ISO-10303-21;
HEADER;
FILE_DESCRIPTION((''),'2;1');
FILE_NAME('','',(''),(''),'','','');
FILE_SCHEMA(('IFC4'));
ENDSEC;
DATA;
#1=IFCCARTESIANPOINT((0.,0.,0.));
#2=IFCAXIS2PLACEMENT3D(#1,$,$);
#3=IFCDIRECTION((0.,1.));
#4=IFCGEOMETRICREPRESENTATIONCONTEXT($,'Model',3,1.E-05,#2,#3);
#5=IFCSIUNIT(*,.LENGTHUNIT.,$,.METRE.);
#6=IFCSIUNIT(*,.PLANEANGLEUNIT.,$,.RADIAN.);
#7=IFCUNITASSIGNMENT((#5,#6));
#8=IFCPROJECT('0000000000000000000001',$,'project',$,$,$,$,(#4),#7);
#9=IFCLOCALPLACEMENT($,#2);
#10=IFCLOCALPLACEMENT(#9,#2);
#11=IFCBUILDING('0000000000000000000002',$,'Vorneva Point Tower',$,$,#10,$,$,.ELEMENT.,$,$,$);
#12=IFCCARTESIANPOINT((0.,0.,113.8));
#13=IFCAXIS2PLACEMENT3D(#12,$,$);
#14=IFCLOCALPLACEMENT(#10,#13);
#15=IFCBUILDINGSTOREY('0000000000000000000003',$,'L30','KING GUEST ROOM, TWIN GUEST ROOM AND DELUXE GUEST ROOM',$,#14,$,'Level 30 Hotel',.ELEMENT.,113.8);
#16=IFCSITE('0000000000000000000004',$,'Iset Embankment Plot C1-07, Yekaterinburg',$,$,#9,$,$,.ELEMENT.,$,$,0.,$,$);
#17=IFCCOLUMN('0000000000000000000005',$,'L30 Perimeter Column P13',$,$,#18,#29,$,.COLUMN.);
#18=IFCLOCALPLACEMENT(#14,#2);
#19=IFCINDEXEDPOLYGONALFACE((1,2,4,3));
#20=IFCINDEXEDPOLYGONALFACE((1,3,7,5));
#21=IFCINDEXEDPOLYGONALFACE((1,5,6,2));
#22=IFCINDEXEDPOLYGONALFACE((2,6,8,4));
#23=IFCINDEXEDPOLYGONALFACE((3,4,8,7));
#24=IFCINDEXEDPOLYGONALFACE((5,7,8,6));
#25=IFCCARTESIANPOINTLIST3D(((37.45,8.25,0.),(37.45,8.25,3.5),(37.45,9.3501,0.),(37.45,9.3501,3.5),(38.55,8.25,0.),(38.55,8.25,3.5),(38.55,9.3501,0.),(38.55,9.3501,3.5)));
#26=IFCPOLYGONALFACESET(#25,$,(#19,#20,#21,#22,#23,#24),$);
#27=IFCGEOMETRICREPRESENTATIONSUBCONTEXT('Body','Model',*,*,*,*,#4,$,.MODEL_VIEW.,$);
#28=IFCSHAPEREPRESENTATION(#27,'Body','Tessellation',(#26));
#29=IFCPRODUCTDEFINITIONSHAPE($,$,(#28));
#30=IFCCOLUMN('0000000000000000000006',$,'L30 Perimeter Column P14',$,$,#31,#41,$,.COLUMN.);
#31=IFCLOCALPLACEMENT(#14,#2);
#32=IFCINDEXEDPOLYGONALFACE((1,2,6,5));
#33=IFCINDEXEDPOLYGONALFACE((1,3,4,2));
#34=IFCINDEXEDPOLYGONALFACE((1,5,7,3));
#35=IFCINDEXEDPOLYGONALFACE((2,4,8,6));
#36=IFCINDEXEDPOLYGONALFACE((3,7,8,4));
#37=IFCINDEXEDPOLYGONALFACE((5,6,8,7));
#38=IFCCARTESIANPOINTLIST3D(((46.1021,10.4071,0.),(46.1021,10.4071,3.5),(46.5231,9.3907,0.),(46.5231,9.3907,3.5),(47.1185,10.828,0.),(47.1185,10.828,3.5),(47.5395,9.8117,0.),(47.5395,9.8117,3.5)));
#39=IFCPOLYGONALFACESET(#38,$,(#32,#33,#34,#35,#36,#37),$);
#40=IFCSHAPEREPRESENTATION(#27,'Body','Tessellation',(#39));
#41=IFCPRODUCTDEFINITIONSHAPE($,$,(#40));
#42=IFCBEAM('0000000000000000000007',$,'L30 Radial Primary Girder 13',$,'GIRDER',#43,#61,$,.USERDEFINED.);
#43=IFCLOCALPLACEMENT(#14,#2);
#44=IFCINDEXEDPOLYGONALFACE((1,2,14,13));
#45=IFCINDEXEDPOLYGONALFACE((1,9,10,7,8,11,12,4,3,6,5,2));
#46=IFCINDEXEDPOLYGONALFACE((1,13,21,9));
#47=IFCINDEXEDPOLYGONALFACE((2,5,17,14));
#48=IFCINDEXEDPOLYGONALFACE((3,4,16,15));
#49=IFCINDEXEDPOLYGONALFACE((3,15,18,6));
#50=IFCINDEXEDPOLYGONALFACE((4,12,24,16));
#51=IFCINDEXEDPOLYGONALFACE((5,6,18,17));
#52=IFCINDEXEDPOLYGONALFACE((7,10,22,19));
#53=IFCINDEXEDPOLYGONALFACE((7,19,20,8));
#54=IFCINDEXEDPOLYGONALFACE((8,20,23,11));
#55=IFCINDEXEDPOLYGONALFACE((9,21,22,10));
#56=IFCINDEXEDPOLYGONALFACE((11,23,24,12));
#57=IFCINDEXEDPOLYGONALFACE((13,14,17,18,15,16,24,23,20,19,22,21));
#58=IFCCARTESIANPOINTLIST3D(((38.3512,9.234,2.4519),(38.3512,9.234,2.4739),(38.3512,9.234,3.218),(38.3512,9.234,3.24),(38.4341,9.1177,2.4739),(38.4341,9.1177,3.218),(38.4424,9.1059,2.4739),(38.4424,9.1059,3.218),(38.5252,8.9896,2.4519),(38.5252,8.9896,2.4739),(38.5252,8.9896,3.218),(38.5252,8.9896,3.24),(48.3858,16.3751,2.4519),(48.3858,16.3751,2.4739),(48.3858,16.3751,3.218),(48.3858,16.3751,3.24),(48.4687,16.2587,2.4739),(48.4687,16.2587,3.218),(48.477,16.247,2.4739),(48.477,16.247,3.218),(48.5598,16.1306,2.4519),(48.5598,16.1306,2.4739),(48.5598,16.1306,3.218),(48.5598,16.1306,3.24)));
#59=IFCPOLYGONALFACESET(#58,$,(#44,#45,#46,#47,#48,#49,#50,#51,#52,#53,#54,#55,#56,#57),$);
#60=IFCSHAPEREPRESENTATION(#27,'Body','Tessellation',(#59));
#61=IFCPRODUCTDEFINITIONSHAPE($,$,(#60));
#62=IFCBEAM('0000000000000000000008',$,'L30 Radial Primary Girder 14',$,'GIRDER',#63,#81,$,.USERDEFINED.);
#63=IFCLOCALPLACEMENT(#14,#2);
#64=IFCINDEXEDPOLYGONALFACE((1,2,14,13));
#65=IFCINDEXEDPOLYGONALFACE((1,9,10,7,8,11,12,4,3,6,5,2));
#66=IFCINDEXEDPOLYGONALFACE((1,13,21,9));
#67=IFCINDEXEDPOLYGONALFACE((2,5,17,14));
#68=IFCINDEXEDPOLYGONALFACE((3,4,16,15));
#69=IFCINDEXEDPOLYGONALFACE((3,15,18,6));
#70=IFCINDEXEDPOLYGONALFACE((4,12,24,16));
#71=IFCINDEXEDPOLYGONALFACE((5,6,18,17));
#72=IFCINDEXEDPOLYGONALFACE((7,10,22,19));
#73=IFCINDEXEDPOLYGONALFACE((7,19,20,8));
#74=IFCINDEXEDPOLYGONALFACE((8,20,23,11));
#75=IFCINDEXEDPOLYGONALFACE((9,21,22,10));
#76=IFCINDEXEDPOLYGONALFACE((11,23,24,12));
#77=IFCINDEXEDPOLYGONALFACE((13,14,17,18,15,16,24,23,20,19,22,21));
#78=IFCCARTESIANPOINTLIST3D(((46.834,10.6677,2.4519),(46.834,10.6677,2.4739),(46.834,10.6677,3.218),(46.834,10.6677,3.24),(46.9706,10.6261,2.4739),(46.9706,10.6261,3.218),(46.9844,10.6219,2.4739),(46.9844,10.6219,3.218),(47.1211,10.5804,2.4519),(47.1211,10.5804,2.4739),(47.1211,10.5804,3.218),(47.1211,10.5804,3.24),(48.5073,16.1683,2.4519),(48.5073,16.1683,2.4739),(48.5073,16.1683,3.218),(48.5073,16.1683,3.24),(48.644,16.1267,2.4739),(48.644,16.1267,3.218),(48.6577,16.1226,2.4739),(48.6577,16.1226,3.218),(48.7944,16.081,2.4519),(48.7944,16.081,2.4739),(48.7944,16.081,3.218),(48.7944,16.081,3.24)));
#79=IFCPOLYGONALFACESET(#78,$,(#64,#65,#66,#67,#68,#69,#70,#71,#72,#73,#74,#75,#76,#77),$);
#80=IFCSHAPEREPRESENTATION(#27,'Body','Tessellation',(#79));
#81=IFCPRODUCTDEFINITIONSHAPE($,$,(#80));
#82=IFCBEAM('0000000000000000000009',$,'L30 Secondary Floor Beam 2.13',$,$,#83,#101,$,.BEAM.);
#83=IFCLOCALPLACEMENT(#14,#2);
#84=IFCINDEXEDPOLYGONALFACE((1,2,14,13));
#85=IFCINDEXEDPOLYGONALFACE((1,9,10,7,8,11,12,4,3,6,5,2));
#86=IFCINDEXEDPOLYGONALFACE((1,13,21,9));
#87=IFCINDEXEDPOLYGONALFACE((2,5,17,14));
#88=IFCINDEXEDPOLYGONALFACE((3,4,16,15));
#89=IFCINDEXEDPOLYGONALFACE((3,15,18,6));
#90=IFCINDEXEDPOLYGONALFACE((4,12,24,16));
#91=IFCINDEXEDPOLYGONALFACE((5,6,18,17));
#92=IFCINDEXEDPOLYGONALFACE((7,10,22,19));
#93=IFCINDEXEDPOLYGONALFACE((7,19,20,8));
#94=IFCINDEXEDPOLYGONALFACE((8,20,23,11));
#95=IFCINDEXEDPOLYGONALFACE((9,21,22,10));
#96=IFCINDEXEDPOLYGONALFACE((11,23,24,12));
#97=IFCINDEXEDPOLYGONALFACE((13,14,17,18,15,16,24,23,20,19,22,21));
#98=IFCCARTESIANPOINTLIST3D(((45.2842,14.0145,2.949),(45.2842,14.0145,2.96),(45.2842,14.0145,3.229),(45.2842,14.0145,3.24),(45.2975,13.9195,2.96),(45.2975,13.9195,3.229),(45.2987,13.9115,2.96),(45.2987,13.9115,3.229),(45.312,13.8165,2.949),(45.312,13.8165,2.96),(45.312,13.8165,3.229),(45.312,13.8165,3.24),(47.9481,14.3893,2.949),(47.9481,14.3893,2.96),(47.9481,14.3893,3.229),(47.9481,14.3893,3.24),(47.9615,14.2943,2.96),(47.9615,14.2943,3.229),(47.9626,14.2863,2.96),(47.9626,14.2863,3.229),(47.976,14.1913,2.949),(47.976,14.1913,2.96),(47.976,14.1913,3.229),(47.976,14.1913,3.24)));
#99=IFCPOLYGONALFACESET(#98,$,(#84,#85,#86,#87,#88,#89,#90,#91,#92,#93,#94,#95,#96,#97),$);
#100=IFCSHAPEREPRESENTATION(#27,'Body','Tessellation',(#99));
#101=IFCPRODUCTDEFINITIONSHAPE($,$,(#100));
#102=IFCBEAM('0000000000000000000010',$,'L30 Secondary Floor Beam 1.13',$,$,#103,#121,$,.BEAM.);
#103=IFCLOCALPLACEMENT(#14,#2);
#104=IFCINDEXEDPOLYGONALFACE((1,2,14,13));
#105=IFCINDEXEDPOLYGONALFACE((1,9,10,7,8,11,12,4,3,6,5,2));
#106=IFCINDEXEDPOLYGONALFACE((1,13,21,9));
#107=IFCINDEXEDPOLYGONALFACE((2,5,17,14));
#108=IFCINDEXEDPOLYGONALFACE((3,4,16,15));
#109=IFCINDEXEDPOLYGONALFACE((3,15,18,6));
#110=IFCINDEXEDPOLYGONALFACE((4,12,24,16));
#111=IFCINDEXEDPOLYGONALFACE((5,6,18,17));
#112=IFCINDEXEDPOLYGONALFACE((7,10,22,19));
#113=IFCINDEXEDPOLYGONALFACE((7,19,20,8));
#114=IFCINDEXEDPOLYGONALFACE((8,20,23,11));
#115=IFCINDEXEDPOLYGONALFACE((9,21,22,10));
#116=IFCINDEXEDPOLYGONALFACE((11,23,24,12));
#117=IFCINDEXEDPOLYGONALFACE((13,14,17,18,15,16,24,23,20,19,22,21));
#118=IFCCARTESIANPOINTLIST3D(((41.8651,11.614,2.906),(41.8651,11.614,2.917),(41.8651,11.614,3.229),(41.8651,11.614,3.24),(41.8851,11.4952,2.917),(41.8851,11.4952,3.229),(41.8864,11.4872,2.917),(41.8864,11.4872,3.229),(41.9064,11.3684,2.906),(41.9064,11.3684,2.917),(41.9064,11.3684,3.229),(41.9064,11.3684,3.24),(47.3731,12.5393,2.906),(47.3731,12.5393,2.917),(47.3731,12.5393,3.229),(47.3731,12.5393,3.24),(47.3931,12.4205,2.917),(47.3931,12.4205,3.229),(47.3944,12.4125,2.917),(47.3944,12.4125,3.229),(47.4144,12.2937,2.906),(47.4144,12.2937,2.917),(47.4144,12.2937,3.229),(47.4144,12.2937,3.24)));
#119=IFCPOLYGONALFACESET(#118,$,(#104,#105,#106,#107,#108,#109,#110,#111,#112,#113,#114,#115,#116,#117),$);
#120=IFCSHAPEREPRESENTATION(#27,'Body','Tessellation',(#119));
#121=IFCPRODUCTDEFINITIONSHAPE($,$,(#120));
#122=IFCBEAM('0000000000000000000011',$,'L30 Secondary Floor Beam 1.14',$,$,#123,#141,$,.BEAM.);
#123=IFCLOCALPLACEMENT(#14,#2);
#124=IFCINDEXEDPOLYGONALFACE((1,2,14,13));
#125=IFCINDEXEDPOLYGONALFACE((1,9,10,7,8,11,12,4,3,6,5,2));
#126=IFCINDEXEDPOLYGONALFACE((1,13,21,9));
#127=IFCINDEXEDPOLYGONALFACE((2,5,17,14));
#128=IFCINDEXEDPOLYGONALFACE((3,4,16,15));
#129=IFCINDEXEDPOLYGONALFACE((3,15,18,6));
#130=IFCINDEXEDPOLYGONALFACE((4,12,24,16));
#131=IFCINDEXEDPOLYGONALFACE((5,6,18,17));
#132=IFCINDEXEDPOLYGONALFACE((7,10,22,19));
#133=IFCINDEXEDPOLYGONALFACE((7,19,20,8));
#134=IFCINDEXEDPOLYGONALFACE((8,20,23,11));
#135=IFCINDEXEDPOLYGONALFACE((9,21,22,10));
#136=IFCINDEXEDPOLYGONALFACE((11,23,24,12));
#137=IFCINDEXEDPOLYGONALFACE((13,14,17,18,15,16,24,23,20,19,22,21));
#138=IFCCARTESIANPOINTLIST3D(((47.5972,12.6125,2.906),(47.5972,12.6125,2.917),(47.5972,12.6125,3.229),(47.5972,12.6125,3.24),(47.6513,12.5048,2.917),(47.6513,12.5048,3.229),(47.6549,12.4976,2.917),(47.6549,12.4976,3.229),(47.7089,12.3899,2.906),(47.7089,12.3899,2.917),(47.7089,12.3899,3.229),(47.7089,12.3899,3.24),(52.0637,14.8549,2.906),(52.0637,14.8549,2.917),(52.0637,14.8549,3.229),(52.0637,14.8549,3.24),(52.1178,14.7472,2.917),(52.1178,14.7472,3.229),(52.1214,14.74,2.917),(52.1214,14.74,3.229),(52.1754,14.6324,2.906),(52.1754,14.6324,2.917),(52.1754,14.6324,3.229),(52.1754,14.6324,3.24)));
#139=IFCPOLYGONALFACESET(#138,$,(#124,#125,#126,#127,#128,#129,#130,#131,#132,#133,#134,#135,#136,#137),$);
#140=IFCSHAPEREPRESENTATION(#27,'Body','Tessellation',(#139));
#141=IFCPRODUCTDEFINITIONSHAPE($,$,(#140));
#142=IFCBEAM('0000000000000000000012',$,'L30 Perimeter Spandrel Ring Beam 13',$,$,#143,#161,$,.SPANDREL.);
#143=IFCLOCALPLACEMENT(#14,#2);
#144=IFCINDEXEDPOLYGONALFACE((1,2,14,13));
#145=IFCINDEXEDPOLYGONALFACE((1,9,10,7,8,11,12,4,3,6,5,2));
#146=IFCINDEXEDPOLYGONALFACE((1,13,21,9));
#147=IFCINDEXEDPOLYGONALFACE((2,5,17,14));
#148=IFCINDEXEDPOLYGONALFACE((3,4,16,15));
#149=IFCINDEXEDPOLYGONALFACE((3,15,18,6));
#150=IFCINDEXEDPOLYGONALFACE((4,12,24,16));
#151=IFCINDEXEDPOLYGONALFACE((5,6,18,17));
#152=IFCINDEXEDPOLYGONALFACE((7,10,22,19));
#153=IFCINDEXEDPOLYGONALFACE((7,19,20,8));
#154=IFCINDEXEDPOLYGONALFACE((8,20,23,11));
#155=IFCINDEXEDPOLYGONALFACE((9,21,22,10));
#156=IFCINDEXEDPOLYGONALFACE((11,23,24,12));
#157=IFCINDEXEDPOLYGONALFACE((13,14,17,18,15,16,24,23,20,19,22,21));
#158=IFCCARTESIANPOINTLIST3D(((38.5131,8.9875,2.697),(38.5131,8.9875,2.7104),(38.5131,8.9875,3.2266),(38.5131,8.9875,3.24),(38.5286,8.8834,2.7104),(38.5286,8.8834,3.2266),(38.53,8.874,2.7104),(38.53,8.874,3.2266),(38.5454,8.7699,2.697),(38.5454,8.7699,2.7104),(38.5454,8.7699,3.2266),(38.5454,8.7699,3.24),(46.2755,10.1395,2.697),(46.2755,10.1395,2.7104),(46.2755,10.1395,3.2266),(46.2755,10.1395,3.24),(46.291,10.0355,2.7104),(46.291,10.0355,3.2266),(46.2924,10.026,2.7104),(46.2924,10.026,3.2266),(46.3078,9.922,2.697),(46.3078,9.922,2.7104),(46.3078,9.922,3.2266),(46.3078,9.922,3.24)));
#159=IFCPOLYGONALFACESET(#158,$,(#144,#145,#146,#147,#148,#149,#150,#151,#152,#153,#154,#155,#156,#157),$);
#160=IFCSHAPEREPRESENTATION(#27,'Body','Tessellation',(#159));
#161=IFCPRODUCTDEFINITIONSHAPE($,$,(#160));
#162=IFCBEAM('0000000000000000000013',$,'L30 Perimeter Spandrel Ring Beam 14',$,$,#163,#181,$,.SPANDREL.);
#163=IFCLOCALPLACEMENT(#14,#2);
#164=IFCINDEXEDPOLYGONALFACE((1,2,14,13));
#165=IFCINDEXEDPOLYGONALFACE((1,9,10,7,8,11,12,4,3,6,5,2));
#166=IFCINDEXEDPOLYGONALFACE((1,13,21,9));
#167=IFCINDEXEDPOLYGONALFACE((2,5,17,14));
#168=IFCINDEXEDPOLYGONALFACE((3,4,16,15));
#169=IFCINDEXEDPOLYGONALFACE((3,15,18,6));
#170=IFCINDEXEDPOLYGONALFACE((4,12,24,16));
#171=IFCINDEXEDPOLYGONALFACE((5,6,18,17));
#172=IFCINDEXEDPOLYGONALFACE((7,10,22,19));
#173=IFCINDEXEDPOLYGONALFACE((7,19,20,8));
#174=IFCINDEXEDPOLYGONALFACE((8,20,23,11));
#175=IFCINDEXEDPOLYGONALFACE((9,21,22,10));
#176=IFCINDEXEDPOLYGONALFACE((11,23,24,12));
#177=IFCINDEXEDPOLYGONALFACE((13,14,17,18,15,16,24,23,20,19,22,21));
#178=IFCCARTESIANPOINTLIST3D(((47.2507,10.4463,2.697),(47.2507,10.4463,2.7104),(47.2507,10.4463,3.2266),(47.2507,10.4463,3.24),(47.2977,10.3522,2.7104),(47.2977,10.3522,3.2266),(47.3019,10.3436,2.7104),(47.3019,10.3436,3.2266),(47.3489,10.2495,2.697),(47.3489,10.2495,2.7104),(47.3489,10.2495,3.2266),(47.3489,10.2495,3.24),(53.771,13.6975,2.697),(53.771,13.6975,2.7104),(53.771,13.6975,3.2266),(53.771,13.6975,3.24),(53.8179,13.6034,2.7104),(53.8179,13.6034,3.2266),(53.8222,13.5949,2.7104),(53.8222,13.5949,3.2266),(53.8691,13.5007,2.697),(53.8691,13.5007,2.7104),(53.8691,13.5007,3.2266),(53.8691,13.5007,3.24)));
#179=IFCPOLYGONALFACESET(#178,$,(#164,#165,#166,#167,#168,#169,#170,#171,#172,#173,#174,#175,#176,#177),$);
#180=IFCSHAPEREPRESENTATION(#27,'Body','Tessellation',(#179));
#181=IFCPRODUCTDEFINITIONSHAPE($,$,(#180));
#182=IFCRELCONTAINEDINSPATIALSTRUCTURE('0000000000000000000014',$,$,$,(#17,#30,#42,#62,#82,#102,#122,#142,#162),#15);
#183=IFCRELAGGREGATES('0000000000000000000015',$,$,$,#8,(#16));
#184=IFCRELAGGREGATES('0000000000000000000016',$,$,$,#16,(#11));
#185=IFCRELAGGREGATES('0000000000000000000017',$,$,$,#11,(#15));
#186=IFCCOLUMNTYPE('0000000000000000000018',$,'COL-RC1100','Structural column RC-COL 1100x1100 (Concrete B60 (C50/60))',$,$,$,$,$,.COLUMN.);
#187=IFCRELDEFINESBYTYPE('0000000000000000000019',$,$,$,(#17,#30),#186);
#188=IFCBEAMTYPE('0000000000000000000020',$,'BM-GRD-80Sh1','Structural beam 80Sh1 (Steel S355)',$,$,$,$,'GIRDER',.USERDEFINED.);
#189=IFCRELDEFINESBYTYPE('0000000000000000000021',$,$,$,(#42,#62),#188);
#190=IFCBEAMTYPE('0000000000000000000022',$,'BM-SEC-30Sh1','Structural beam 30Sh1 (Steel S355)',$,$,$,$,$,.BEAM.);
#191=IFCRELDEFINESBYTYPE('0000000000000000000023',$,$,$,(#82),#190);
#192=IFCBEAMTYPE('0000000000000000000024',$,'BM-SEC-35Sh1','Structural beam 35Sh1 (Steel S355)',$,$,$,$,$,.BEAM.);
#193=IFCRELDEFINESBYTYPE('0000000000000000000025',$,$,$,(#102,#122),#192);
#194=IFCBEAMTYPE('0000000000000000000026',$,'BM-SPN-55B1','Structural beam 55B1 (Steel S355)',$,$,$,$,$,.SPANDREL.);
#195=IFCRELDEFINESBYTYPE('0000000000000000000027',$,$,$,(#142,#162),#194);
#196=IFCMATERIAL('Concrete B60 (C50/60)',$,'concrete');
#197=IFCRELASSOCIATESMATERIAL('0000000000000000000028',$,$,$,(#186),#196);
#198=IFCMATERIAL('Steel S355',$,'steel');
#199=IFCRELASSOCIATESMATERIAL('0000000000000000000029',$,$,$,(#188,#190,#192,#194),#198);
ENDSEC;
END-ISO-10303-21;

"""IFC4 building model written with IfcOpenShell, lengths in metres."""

from ifc_helpers import new_model, si_unit, direction, frame, origin, origin_2d, place, context, subcontext, project, spatial, rectangle, i_section, extrude, material, material_profile, profile_set, type_object, element, save


model = new_model("IFC4")

# Units and contexts
model_context = context("Model", 3, precision=1e-05, world=origin(), true_north=direction((0.0, 1.0)))
body_context = subcontext(model_context, "Body", "Model", "MODEL_VIEW")
ifc_project = project(units=[si_unit("LENGTHUNIT", "METRE"), si_unit("PLANEANGLEUNIT", "RADIAN")], contexts=[model_context])

# Site, building, storey
site_placement = place(None, origin())
site = spatial("IfcSite", under=ifc_project, at=site_placement, Name="Iset Embankment Plot C1-07, Yekaterinburg", CompositionType="ELEMENT", RefElevation=0.0)
building_placement = place(site_placement, origin())
building = spatial("IfcBuilding", under=site, at=building_placement, Name="Vorneva Point Tower", CompositionType="ELEMENT")
storey_placement = place(building_placement, frame((0.0, 0.0, 113.8)))
storey = spatial("IfcBuildingStorey", under=building, at=storey_placement, Name="L30", Description="KING GUEST ROOM, TWIN GUEST ROOM AND DELUXE GUEST ROOM", LongName="Level 30 Hotel", CompositionType="ELEMENT", Elevation=113.8)

# Columns
ifc_material_1 = material(Name="Concrete B60 (C50/60)", Category="concrete")
ifc_material_profile_1 = material_profile(ifc_material_1, rectangle(XDim=1.1001, YDim=1.1001, at=origin_2d()), Name="RC-COL 1100x1100")
ifc_profile_set_1 = profile_set([ifc_material_profile_1], Name="Concrete B60 (C50/60)")
column_type = type_object("IfcColumnType", Name="COL-RC1100", Description="Structural column RC-COL 1100x1100 (Concrete B60 (C50/60))", PredefinedType="COLUMN", material=ifc_profile_set_1)
for number, where, z_axis, x_axis, name in (
    (1, (38.0, 8.8, 0.0), (0.0, 0.0, 1.0), (0.0, -1.0, 0.0), "L30 Perimeter Column P13"),
    (2, (46.8208, 10.1094, 0.0), (0.0, 0.0, 1.0), (0.382683, -0.92388, 0.0), "L30 Perimeter Column P14"),
):
    element("IfcColumn", number, at=place(storey_placement, frame(where, z_axis=z_axis, x_axis=x_axis)), inside=storey, type_object=column_type, Name=name, PredefinedType="COLUMN", context=body_context, shape_type="SweptSolid", body=[
        extrude(rectangle(XDim=1.1001, YDim=1.1001, at=origin_2d()), origin(), (0.0, 0.0, 1.0), 3.5),
    ])

# Beams
ifc_material_2 = material(Name="Steel S355", Category="steel")
ifc_material_profile_2 = material_profile(ifc_material_2, i_section(OverallWidth=0.3, OverallDepth=0.7881, WebThickness=0.0144, FlangeThickness=0.022, at=origin_2d()), Name="80Sh1")
ifc_profile_set_2 = profile_set([ifc_material_profile_2], Name="Steel S355")
beam_type_1 = type_object("IfcBeamType", Name="BM-GRD-80Sh1", Description="Structural beam 80Sh1 (Steel S355)", ElementType="GIRDER", PredefinedType="USERDEFINED", material=ifc_profile_set_2)
beam_1_placement = place(storey_placement, frame((38.4382, 9.1118, 2.8459), z_axis=(0.81475, 0.579812, 0.0), x_axis=(-0.579812, 0.81475, 0.0)))
element("IfcBeam", 3, at=beam_1_placement, inside=storey, type_object=beam_type_1, Name="L30 Radial Primary Girder 13", ObjectType="GIRDER", PredefinedType="USERDEFINED", context=body_context, shape_type="SweptSolid", body=[
    extrude(i_section(OverallWidth=0.3, OverallDepth=0.7881, WebThickness=0.0144, FlangeThickness=0.022, at=origin_2d()), origin(), (0.0, 0.0, 1.0), 12.3162),
])
beam_2_placement = place(storey_placement, frame((46.9775, 10.624, 2.8459), z_axis=(0.291035, 0.956712, 0.0), x_axis=(-0.956712, 0.291035, 0.0)))
element("IfcBeam", 4, at=beam_2_placement, inside=storey, type_object=beam_type_1, Name="L30 Radial Primary Girder 14", ObjectType="GIRDER", PredefinedType="USERDEFINED", context=body_context, shape_type="SweptSolid", body=[
    extrude(i_section(OverallWidth=0.3, OverallDepth=0.7881, WebThickness=0.0144, FlangeThickness=0.022, at=origin_2d()), origin(), (0.0, 0.0, 1.0), 5.7495),
])
ifc_material_profile_3 = material_profile(ifc_material_2, i_section(OverallWidth=0.2, OverallDepth=0.291, WebThickness=0.0081, FlangeThickness=0.011, at=origin_2d()), Name="30Sh1")
ifc_profile_set_3 = profile_set([ifc_material_profile_3], Name="Steel S355")
beam_type_2 = type_object("IfcBeamType", Name="BM-SEC-30Sh1", Description="Structural beam 30Sh1 (Steel S355)", PredefinedType="BEAM", material=ifc_profile_set_3)
beam_3_placement = place(storey_placement, frame((45.2981, 13.9155, 3.0945), z_axis=(0.99025, 0.139299, 0.0), x_axis=(-0.139299, 0.99025, 0.0)))
element("IfcBeam", 5, at=beam_3_placement, inside=storey, type_object=beam_type_2, Name="L30 Secondary Floor Beam 2.13", PredefinedType="BEAM", context=body_context, shape_type="SweptSolid", body=[
    extrude(i_section(OverallWidth=0.2, OverallDepth=0.291, WebThickness=0.0081, FlangeThickness=0.011, at=origin_2d()), origin(), (0.0, 0.0, 1.0), 2.6902),
])
ifc_material_profile_4 = material_profile(ifc_material_2, i_section(OverallWidth=0.249, OverallDepth=0.334, WebThickness=0.0081, FlangeThickness=0.011, at=origin_2d()), Name="35Sh1")
ifc_profile_set_4 = profile_set([ifc_material_profile_4], Name="Steel S355")
beam_type_3 = type_object("IfcBeamType", Name="BM-SEC-35Sh1", Description="Structural beam 35Sh1 (Steel S355)", PredefinedType="BEAM", material=ifc_profile_set_4)
beam_4_placement = place(storey_placement, frame((41.8857, 11.4912, 3.073), z_axis=(0.986182, 0.165668, 0.0), x_axis=(-0.165668, 0.986182, 0.0)))
element("IfcBeam", 6, at=beam_4_placement, inside=storey, type_object=beam_type_3, Name="L30 Secondary Floor Beam 1.13", PredefinedType="BEAM", context=body_context, shape_type="SweptSolid", body=[
    extrude(i_section(OverallWidth=0.249, OverallDepth=0.334, WebThickness=0.0081, FlangeThickness=0.011, at=origin_2d()), origin(), (0.0, 0.0, 1.0), 5.5852),
])
beam_5_placement = place(storey_placement, frame((47.6531, 12.5012, 3.073), z_axis=(0.893693, 0.448678, 0.0), x_axis=(-0.448678, 0.893693, 0.0)))
element("IfcBeam", 7, at=beam_5_placement, inside=storey, type_object=beam_type_3, Name="L30 Secondary Floor Beam 1.14", PredefinedType="BEAM", context=body_context, shape_type="SweptSolid", body=[
    extrude(i_section(OverallWidth=0.249, OverallDepth=0.334, WebThickness=0.0081, FlangeThickness=0.011, at=origin_2d()), origin(), (0.0, 0.0, 1.0), 4.9978),
])
ifc_material_profile_5 = material_profile(ifc_material_2, i_section(OverallWidth=0.22, OverallDepth=0.543, WebThickness=0.0095, FlangeThickness=0.0134, at=origin_2d()), Name="55B1")
ifc_profile_set_5 = profile_set([ifc_material_profile_5], Name="Steel S355")
beam_type_4 = type_object("IfcBeamType", Name="BM-SPN-55B1", Description="Structural beam 55B1 (Steel S355)", PredefinedType="SPANDREL", material=ifc_profile_set_5)
beam_6_placement = place(storey_placement, frame((38.5293, 8.8787, 2.9685), z_axis=(0.989165, 0.146811, 0.0), x_axis=(-0.146811, 0.989165, 0.0)))
element("IfcBeam", 8, at=beam_6_placement, inside=storey, type_object=beam_type_4, Name="L30 Perimeter Spandrel Ring Beam 13", PredefinedType="SPANDREL", context=body_context, shape_type="SweptSolid", body=[
    extrude(i_section(OverallWidth=0.22, OverallDepth=0.543, WebThickness=0.0095, FlangeThickness=0.0134, at=origin_2d()), origin(), (0.0, 0.0, 1.0), 7.8474),
])
beam_7_placement = place(storey_placement, frame((47.2998, 10.3479, 2.9685), z_axis=(0.894916, 0.446235, 0.0), x_axis=(-0.446235, 0.894916, 0.0)))
element("IfcBeam", 9, at=beam_7_placement, inside=storey, type_object=beam_type_4, Name="L30 Perimeter Spandrel Ring Beam 14", PredefinedType="SPANDREL", context=body_context, shape_type="SweptSolid", body=[
    extrude(i_section(OverallWidth=0.22, OverallDepth=0.543, WebThickness=0.0095, FlangeThickness=0.0134, at=origin_2d()), origin(), (0.0, 0.0, 1.0), 7.2859),
])

save(model, "model.ifc")
